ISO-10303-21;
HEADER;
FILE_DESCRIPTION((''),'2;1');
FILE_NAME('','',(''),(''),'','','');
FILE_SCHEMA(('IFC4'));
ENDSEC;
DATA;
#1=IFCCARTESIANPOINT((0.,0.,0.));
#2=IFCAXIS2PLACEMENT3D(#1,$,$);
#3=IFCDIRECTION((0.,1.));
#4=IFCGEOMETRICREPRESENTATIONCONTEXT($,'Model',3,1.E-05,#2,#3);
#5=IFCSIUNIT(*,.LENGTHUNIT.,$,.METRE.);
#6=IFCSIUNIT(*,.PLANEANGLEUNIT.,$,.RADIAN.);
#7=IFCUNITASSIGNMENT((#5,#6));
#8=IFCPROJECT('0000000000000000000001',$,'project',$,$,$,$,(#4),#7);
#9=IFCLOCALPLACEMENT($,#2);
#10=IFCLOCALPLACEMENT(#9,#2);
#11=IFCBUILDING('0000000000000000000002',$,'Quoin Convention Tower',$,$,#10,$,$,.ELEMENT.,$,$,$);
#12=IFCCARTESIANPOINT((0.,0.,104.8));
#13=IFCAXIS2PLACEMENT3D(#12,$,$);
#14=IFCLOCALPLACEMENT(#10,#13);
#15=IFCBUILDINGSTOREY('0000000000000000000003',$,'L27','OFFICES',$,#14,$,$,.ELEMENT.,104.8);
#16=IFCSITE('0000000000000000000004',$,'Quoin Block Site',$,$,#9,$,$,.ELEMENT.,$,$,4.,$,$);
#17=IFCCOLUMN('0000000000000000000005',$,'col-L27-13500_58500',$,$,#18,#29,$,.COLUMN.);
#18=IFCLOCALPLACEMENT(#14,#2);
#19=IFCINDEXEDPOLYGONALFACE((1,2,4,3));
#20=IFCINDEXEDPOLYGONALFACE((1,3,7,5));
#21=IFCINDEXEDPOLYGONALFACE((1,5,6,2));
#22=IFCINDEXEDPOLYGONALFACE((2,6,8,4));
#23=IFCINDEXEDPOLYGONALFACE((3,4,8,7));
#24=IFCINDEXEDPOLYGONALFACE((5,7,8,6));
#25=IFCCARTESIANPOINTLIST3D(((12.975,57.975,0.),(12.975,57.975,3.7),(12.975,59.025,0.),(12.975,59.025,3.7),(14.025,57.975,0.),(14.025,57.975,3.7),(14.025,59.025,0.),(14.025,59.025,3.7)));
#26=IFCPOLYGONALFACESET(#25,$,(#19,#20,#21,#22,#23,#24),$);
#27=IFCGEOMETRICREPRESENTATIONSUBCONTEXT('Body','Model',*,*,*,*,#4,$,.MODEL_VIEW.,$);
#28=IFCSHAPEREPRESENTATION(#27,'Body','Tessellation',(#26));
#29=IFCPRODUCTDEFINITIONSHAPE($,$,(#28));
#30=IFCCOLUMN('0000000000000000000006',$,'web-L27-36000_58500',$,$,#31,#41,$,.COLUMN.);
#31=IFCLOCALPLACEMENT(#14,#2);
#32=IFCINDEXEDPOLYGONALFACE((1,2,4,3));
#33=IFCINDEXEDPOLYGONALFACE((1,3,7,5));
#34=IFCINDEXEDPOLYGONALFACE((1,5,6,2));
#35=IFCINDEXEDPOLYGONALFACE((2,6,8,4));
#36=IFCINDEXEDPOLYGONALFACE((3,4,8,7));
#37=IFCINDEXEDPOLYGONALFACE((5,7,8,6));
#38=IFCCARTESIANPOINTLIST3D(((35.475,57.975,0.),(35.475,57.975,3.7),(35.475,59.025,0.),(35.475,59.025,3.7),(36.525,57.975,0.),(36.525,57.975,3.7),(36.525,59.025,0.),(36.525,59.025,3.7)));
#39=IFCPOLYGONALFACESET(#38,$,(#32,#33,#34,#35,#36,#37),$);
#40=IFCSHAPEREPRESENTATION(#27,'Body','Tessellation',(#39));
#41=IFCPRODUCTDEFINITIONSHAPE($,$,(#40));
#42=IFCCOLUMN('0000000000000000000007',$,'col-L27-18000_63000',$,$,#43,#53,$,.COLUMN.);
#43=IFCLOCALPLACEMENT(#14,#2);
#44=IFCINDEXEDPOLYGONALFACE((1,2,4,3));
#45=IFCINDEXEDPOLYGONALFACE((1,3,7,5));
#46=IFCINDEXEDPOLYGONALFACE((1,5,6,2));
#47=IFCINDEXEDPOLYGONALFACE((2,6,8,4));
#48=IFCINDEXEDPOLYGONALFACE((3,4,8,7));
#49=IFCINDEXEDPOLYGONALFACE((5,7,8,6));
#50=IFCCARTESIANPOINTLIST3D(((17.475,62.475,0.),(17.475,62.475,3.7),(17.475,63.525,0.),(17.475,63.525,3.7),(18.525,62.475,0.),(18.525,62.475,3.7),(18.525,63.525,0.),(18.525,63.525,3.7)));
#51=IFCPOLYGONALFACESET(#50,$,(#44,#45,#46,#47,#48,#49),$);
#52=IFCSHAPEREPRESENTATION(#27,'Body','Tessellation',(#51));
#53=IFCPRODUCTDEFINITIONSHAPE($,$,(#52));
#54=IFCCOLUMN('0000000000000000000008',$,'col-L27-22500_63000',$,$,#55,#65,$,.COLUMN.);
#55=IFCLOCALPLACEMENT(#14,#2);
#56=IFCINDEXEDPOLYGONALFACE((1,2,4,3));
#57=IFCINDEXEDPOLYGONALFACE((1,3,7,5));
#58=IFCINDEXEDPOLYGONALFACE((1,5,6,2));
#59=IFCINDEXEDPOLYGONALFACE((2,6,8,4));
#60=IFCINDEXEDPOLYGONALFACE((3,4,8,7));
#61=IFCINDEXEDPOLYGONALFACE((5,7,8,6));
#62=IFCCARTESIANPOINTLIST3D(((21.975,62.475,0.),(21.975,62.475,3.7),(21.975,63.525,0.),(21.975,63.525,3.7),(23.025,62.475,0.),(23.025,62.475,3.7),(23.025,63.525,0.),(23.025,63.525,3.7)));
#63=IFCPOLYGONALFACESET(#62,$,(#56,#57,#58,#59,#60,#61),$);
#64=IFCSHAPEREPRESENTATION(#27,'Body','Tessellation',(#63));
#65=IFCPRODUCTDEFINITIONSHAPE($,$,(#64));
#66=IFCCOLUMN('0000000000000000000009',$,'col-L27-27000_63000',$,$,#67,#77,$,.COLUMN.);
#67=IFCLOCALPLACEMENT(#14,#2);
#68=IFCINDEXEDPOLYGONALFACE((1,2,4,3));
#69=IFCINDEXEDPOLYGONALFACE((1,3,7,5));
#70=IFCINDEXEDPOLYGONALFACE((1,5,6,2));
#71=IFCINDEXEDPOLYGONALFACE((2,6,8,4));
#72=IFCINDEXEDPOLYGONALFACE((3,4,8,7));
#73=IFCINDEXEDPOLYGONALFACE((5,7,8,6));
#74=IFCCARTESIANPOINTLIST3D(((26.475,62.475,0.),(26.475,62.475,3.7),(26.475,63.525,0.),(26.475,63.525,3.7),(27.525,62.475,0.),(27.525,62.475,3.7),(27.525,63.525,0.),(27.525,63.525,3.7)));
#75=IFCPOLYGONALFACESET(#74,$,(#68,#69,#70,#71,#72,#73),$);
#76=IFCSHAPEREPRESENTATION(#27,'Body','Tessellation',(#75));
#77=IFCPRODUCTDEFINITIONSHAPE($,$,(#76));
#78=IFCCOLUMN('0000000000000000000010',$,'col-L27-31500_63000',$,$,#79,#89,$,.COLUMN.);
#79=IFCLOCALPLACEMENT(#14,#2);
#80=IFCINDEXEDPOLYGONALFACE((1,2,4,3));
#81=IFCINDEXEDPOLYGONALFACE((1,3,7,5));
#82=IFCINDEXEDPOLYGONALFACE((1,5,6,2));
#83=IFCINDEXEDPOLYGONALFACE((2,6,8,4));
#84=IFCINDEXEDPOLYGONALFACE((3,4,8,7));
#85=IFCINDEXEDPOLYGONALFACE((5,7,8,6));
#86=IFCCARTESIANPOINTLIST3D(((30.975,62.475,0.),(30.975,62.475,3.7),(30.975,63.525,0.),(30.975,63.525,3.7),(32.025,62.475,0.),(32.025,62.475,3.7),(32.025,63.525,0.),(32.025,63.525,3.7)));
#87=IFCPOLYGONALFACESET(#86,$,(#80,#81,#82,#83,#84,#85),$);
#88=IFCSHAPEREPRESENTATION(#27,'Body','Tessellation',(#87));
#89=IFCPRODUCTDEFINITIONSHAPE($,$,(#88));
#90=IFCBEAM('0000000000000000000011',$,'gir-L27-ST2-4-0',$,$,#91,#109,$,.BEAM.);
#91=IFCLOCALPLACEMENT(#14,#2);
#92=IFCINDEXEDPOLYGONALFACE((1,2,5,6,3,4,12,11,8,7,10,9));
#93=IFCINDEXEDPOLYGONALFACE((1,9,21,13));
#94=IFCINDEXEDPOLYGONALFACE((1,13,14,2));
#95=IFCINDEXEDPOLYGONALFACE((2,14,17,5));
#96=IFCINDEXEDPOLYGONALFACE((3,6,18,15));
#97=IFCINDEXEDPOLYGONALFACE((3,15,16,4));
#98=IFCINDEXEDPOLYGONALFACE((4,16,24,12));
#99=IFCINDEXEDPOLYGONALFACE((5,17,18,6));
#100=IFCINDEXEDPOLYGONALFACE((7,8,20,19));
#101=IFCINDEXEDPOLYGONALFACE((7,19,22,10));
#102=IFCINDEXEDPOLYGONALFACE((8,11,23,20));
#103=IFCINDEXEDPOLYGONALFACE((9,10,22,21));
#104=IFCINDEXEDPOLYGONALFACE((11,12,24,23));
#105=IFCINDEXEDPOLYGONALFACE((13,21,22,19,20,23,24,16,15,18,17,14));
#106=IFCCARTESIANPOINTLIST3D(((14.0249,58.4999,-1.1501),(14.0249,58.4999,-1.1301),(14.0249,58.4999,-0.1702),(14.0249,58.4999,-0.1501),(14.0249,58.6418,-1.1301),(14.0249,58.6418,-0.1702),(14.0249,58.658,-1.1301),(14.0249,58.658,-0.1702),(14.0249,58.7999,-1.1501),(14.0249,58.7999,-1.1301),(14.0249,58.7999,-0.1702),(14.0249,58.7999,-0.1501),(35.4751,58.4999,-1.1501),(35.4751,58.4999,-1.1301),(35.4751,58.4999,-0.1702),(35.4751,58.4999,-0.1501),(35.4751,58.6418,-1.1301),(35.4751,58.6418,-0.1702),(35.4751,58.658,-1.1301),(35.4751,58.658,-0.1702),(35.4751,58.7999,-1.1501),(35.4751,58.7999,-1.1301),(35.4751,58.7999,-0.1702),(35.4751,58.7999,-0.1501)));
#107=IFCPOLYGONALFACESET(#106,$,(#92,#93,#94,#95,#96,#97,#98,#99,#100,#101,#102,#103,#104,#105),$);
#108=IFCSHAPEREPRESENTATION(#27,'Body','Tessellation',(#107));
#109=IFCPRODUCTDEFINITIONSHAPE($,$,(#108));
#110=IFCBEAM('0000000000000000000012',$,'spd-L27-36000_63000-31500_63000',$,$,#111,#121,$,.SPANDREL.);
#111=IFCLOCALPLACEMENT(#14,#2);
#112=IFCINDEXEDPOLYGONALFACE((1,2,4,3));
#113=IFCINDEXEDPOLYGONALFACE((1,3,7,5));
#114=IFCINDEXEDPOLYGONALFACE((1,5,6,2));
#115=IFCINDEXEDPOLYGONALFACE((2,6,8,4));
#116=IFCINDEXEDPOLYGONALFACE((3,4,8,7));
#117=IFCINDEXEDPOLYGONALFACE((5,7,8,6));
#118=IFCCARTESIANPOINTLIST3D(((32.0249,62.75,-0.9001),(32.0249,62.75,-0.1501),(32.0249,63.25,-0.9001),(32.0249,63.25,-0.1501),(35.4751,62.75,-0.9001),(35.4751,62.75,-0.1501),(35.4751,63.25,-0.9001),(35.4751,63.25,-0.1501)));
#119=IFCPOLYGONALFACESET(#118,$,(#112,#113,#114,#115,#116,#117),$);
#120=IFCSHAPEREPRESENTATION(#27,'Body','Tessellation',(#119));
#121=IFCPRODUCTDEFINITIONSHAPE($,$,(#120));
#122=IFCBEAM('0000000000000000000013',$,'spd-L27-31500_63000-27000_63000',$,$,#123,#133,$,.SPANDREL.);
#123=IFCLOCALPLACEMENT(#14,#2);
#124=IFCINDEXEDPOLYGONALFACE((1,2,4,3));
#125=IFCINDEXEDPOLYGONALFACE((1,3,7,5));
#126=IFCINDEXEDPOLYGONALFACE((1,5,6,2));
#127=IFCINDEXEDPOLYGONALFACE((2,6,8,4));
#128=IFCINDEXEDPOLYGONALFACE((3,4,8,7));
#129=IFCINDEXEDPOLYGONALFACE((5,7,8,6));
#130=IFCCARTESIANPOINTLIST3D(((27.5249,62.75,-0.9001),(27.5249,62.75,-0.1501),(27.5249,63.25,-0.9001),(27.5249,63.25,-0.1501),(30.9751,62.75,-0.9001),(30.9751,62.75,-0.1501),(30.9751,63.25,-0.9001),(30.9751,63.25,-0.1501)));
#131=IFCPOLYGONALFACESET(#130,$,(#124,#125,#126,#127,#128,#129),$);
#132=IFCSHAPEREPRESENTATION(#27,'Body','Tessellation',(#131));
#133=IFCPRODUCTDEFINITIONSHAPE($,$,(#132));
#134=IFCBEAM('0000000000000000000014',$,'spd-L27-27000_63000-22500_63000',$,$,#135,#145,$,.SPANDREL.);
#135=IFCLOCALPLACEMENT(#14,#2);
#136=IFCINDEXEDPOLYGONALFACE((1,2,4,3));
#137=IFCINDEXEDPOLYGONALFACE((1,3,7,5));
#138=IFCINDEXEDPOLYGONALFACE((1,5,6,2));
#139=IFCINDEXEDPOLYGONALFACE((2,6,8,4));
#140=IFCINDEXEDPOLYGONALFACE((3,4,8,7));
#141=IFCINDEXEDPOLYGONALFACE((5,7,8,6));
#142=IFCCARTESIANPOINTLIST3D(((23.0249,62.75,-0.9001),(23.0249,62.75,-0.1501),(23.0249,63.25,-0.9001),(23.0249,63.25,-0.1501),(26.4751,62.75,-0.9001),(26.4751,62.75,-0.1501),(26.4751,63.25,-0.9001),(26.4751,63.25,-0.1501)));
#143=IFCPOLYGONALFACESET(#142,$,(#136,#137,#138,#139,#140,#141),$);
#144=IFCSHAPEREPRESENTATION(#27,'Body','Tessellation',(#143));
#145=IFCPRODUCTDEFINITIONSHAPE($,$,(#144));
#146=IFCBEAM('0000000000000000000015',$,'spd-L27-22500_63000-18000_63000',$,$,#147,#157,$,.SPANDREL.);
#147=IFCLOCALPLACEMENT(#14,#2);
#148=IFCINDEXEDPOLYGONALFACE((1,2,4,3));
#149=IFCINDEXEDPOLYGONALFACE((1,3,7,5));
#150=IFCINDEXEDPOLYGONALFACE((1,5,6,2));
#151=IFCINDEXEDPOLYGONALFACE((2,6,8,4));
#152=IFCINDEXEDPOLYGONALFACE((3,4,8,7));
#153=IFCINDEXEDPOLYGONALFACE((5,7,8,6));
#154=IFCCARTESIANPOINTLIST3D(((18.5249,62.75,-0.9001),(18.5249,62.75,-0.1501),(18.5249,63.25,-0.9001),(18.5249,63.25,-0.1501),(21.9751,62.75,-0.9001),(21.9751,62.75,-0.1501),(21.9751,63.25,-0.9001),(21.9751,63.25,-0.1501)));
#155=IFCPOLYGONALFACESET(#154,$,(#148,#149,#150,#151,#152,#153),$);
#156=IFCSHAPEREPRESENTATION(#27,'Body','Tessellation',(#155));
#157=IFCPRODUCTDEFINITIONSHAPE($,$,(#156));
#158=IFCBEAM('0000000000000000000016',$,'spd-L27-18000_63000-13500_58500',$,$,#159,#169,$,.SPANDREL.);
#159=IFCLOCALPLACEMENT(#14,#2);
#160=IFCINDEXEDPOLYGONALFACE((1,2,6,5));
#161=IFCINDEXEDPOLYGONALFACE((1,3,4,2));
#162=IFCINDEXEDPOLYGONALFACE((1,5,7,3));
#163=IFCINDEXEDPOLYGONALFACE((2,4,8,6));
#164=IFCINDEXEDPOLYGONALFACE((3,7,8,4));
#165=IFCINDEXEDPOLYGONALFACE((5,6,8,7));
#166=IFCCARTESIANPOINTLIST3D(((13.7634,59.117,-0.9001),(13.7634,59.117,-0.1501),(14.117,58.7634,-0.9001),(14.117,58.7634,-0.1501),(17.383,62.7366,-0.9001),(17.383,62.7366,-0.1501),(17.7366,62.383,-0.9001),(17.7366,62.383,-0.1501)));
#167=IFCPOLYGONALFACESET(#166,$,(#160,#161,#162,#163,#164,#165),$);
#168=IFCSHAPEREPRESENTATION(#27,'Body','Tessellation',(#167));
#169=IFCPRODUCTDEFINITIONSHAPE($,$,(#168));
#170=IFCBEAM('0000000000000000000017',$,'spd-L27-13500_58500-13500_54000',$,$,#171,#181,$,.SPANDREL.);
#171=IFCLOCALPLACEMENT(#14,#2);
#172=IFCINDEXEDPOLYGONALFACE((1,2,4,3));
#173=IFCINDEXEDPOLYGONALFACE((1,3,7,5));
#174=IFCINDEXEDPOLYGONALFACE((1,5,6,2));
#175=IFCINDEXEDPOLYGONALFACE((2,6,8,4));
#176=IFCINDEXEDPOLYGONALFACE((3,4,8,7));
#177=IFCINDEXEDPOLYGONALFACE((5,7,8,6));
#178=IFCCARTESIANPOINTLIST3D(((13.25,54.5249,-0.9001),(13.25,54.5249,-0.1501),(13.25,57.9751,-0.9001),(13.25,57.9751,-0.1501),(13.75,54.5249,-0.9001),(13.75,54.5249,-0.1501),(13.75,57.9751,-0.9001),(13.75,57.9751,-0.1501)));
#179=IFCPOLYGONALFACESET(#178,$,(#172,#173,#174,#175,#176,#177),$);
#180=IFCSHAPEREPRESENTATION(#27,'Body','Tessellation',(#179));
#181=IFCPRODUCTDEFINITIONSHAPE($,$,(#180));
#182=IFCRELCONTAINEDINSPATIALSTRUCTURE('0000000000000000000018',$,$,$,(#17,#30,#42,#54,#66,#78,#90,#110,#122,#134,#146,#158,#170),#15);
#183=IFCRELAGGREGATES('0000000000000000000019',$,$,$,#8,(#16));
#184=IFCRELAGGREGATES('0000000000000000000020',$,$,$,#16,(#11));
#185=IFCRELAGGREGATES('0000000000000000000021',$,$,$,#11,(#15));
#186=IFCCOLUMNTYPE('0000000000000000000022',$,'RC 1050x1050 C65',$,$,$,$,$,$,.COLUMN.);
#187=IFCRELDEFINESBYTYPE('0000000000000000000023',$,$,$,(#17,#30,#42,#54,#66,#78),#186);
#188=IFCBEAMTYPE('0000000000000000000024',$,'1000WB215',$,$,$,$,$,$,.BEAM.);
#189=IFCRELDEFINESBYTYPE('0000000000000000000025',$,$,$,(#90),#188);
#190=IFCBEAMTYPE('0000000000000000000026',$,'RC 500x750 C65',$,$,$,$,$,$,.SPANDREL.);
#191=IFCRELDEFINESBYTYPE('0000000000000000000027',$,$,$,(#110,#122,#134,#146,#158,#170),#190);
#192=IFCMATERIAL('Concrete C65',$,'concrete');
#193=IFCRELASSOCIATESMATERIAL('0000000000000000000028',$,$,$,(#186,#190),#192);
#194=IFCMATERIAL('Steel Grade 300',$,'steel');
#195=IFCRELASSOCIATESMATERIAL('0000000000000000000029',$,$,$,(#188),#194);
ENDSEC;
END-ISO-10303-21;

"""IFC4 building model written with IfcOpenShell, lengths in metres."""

from ifc_helpers import new_model, si_unit, direction, frame, origin, origin_2d, place, context, subcontext, project, spatial, rectangle, i_section, extrude, material, material_profile, profile_set, type_object, element, save


model = new_model("IFC4")

# Units and contexts
model_context = context("Model", 3, precision=1e-05, world=origin(), true_north=direction((0.0, 1.0)))
body_context = subcontext(model_context, "Body", "Model", "MODEL_VIEW")
ifc_project = project(units=[si_unit("LENGTHUNIT", "METRE"), si_unit("PLANEANGLEUNIT", "RADIAN")], contexts=[model_context])

# Site, building, storey
site_placement = place(None, origin())
site = spatial("IfcSite", under=ifc_project, at=site_placement, Name="Quoin Block Site", CompositionType="ELEMENT", RefElevation=4.0)
building_placement = place(site_placement, origin())
building = spatial("IfcBuilding", under=site, at=building_placement, Name="Quoin Convention Tower", CompositionType="ELEMENT")
storey_placement = place(building_placement, frame((0.0, 0.0, 104.8)))
storey = spatial("IfcBuildingStorey", under=building, at=storey_placement, Name="L27", Description="OFFICES", CompositionType="ELEMENT", Elevation=104.8)

# Columns
ifc_material_1 = material(Name="Concrete C65", Category="concrete")
ifc_material_profile_1 = material_profile(ifc_material_1, rectangle(XDim=1.05, YDim=1.05, at=origin_2d()), Name="RC 1050x1050")
ifc_profile_set_1 = profile_set([ifc_material_profile_1], Name="Concrete C65")
column_type = type_object("IfcColumnType", Name="RC 1050x1050 C65", PredefinedType="COLUMN", material=ifc_profile_set_1)
for number, where, z_axis, x_axis, name in (
    (1, (13.5, 58.5, 0.0), (0.0, 0.0, 1.0), (1.0, 0.0, 0.0), "col-L27-13500_58500"),
    (2, (36.0, 58.5, 0.0), (0.0, 0.0, 1.0), (1.0, 0.0, 0.0), "web-L27-36000_58500"),
    (3, (18.0, 63.0, 0.0), (0.0, 0.0, 1.0), (1.0, 0.0, 0.0), "col-L27-18000_63000"),
    (4, (22.5, 63.0, 0.0), (0.0, 0.0, 1.0), (1.0, 0.0, 0.0), "col-L27-22500_63000"),
    (5, (27.0, 63.0, 0.0), (0.0, 0.0, 1.0), (1.0, 0.0, 0.0), "col-L27-27000_63000"),
    (6, (31.5, 63.0, 0.0), (0.0, 0.0, 1.0), (1.0, 0.0, 0.0), "col-L27-31500_63000"),
):
    element("IfcColumn", number, at=place(storey_placement, frame(where, z_axis=z_axis, x_axis=x_axis)), inside=storey, type_object=column_type, Name=name, PredefinedType="COLUMN", context=body_context, shape_type="SweptSolid", body=[
        extrude(rectangle(XDim=1.05, YDim=1.05, at=origin_2d()), origin(), (0.0, 0.0, 1.0), 3.7),
    ])

# Beams
ifc_material_2 = material(Name="Steel Grade 300", Category="steel")
ifc_material_profile_2 = material_profile(ifc_material_2, i_section(OverallWidth=0.3, OverallDepth=1.0, WebThickness=0.0161, FlangeThickness=0.02, at=origin_2d()), Name="1000WB215")
ifc_profile_set_2 = profile_set([ifc_material_profile_2], Name="Steel Grade 300")
beam_type_1 = type_object("IfcBeamType", Name="1000WB215", PredefinedType="BEAM", material=ifc_profile_set_2)
beam_1_placement = place(storey_placement, frame((14.0249, 58.6499, -0.6501), z_axis=(1.0, 0.0, 0.0), x_axis=(0.0, 1.0, 0.0)))
element("IfcBeam", 7, at=beam_1_placement, inside=storey, type_object=beam_type_1, Name="gir-L27-ST2-4-0", PredefinedType="BEAM", context=body_context, shape_type="SweptSolid", body=[
    extrude(i_section(OverallWidth=0.3, OverallDepth=1.0, WebThickness=0.0161, FlangeThickness=0.02, at=origin_2d()), origin(), (0.0, 0.0, 1.0), 21.4502),
])
ifc_material_profile_3 = material_profile(ifc_material_1, rectangle(XDim=0.5, YDim=0.75, at=origin_2d()), Name="RC 500x750")
ifc_profile_set_3 = profile_set([ifc_material_profile_3], Name="Concrete C65")
beam_type_2 = type_object("IfcBeamType", Name="RC 500x750 C65", PredefinedType="SPANDREL", material=ifc_profile_set_3)
for number, where, z_axis, x_axis, name in (
    (8, (35.4751, 63.0, -0.5251), (-1.0, 0.0, 0.0), (0.0, -1.0, 0.0), "spd-L27-36000_63000-31500_63000"),
    (9, (30.9751, 63.0, -0.5251), (-1.0, 0.0, 0.0), (0.0, -1.0, 0.0), "spd-L27-31500_63000-27000_63000"),
    (10, (26.4751, 63.0, -0.5251), (-1.0, 0.0, 0.0), (0.0, -1.0, 0.0), "spd-L27-27000_63000-22500_63000"),
    (11, (21.9751, 63.0, -0.5251), (-1.0, 0.0, 0.0), (0.0, -1.0, 0.0), "spd-L27-22500_63000-18000_63000"),
):
    element("IfcBeam", number, at=place(storey_placement, frame(where, z_axis=z_axis, x_axis=x_axis)), inside=storey, type_object=beam_type_2, Name=name, PredefinedType="SPANDREL", context=body_context, shape_type="SweptSolid", body=[
        extrude(rectangle(XDim=0.5, YDim=0.75, at=origin_2d()), origin(), (0.0, 0.0, 1.0), 3.4502),
    ])
beam_2_placement = place(storey_placement, frame((17.5598, 62.5598, -0.5251), z_axis=(-0.707107, -0.707107, 0.0), x_axis=(0.707107, -0.707107, 0.0)))
element("IfcBeam", 12, at=beam_2_placement, inside=storey, type_object=beam_type_2, Name="spd-L27-18000_63000-13500_58500", PredefinedType="SPANDREL", context=body_context, shape_type="SweptSolid", body=[
    extrude(rectangle(XDim=0.5, YDim=0.75, at=origin_2d()), origin(), (0.0, 0.0, 1.0), 5.1189),
])
beam_3_placement = place(storey_placement, frame((13.5, 57.9751, -0.5251), z_axis=(0.0, -1.0, 0.0), x_axis=(1.0, 0.0, 0.0)))
element("IfcBeam", 13, at=beam_3_placement, inside=storey, type_object=beam_type_2, Name="spd-L27-13500_58500-13500_54000", PredefinedType="SPANDREL", context=body_context, shape_type="SweptSolid", body=[
    extrude(rectangle(XDim=0.5, YDim=0.75, at=origin_2d()), origin(), (0.0, 0.0, 1.0), 3.4502),
])

save(model, "model.ifc")
